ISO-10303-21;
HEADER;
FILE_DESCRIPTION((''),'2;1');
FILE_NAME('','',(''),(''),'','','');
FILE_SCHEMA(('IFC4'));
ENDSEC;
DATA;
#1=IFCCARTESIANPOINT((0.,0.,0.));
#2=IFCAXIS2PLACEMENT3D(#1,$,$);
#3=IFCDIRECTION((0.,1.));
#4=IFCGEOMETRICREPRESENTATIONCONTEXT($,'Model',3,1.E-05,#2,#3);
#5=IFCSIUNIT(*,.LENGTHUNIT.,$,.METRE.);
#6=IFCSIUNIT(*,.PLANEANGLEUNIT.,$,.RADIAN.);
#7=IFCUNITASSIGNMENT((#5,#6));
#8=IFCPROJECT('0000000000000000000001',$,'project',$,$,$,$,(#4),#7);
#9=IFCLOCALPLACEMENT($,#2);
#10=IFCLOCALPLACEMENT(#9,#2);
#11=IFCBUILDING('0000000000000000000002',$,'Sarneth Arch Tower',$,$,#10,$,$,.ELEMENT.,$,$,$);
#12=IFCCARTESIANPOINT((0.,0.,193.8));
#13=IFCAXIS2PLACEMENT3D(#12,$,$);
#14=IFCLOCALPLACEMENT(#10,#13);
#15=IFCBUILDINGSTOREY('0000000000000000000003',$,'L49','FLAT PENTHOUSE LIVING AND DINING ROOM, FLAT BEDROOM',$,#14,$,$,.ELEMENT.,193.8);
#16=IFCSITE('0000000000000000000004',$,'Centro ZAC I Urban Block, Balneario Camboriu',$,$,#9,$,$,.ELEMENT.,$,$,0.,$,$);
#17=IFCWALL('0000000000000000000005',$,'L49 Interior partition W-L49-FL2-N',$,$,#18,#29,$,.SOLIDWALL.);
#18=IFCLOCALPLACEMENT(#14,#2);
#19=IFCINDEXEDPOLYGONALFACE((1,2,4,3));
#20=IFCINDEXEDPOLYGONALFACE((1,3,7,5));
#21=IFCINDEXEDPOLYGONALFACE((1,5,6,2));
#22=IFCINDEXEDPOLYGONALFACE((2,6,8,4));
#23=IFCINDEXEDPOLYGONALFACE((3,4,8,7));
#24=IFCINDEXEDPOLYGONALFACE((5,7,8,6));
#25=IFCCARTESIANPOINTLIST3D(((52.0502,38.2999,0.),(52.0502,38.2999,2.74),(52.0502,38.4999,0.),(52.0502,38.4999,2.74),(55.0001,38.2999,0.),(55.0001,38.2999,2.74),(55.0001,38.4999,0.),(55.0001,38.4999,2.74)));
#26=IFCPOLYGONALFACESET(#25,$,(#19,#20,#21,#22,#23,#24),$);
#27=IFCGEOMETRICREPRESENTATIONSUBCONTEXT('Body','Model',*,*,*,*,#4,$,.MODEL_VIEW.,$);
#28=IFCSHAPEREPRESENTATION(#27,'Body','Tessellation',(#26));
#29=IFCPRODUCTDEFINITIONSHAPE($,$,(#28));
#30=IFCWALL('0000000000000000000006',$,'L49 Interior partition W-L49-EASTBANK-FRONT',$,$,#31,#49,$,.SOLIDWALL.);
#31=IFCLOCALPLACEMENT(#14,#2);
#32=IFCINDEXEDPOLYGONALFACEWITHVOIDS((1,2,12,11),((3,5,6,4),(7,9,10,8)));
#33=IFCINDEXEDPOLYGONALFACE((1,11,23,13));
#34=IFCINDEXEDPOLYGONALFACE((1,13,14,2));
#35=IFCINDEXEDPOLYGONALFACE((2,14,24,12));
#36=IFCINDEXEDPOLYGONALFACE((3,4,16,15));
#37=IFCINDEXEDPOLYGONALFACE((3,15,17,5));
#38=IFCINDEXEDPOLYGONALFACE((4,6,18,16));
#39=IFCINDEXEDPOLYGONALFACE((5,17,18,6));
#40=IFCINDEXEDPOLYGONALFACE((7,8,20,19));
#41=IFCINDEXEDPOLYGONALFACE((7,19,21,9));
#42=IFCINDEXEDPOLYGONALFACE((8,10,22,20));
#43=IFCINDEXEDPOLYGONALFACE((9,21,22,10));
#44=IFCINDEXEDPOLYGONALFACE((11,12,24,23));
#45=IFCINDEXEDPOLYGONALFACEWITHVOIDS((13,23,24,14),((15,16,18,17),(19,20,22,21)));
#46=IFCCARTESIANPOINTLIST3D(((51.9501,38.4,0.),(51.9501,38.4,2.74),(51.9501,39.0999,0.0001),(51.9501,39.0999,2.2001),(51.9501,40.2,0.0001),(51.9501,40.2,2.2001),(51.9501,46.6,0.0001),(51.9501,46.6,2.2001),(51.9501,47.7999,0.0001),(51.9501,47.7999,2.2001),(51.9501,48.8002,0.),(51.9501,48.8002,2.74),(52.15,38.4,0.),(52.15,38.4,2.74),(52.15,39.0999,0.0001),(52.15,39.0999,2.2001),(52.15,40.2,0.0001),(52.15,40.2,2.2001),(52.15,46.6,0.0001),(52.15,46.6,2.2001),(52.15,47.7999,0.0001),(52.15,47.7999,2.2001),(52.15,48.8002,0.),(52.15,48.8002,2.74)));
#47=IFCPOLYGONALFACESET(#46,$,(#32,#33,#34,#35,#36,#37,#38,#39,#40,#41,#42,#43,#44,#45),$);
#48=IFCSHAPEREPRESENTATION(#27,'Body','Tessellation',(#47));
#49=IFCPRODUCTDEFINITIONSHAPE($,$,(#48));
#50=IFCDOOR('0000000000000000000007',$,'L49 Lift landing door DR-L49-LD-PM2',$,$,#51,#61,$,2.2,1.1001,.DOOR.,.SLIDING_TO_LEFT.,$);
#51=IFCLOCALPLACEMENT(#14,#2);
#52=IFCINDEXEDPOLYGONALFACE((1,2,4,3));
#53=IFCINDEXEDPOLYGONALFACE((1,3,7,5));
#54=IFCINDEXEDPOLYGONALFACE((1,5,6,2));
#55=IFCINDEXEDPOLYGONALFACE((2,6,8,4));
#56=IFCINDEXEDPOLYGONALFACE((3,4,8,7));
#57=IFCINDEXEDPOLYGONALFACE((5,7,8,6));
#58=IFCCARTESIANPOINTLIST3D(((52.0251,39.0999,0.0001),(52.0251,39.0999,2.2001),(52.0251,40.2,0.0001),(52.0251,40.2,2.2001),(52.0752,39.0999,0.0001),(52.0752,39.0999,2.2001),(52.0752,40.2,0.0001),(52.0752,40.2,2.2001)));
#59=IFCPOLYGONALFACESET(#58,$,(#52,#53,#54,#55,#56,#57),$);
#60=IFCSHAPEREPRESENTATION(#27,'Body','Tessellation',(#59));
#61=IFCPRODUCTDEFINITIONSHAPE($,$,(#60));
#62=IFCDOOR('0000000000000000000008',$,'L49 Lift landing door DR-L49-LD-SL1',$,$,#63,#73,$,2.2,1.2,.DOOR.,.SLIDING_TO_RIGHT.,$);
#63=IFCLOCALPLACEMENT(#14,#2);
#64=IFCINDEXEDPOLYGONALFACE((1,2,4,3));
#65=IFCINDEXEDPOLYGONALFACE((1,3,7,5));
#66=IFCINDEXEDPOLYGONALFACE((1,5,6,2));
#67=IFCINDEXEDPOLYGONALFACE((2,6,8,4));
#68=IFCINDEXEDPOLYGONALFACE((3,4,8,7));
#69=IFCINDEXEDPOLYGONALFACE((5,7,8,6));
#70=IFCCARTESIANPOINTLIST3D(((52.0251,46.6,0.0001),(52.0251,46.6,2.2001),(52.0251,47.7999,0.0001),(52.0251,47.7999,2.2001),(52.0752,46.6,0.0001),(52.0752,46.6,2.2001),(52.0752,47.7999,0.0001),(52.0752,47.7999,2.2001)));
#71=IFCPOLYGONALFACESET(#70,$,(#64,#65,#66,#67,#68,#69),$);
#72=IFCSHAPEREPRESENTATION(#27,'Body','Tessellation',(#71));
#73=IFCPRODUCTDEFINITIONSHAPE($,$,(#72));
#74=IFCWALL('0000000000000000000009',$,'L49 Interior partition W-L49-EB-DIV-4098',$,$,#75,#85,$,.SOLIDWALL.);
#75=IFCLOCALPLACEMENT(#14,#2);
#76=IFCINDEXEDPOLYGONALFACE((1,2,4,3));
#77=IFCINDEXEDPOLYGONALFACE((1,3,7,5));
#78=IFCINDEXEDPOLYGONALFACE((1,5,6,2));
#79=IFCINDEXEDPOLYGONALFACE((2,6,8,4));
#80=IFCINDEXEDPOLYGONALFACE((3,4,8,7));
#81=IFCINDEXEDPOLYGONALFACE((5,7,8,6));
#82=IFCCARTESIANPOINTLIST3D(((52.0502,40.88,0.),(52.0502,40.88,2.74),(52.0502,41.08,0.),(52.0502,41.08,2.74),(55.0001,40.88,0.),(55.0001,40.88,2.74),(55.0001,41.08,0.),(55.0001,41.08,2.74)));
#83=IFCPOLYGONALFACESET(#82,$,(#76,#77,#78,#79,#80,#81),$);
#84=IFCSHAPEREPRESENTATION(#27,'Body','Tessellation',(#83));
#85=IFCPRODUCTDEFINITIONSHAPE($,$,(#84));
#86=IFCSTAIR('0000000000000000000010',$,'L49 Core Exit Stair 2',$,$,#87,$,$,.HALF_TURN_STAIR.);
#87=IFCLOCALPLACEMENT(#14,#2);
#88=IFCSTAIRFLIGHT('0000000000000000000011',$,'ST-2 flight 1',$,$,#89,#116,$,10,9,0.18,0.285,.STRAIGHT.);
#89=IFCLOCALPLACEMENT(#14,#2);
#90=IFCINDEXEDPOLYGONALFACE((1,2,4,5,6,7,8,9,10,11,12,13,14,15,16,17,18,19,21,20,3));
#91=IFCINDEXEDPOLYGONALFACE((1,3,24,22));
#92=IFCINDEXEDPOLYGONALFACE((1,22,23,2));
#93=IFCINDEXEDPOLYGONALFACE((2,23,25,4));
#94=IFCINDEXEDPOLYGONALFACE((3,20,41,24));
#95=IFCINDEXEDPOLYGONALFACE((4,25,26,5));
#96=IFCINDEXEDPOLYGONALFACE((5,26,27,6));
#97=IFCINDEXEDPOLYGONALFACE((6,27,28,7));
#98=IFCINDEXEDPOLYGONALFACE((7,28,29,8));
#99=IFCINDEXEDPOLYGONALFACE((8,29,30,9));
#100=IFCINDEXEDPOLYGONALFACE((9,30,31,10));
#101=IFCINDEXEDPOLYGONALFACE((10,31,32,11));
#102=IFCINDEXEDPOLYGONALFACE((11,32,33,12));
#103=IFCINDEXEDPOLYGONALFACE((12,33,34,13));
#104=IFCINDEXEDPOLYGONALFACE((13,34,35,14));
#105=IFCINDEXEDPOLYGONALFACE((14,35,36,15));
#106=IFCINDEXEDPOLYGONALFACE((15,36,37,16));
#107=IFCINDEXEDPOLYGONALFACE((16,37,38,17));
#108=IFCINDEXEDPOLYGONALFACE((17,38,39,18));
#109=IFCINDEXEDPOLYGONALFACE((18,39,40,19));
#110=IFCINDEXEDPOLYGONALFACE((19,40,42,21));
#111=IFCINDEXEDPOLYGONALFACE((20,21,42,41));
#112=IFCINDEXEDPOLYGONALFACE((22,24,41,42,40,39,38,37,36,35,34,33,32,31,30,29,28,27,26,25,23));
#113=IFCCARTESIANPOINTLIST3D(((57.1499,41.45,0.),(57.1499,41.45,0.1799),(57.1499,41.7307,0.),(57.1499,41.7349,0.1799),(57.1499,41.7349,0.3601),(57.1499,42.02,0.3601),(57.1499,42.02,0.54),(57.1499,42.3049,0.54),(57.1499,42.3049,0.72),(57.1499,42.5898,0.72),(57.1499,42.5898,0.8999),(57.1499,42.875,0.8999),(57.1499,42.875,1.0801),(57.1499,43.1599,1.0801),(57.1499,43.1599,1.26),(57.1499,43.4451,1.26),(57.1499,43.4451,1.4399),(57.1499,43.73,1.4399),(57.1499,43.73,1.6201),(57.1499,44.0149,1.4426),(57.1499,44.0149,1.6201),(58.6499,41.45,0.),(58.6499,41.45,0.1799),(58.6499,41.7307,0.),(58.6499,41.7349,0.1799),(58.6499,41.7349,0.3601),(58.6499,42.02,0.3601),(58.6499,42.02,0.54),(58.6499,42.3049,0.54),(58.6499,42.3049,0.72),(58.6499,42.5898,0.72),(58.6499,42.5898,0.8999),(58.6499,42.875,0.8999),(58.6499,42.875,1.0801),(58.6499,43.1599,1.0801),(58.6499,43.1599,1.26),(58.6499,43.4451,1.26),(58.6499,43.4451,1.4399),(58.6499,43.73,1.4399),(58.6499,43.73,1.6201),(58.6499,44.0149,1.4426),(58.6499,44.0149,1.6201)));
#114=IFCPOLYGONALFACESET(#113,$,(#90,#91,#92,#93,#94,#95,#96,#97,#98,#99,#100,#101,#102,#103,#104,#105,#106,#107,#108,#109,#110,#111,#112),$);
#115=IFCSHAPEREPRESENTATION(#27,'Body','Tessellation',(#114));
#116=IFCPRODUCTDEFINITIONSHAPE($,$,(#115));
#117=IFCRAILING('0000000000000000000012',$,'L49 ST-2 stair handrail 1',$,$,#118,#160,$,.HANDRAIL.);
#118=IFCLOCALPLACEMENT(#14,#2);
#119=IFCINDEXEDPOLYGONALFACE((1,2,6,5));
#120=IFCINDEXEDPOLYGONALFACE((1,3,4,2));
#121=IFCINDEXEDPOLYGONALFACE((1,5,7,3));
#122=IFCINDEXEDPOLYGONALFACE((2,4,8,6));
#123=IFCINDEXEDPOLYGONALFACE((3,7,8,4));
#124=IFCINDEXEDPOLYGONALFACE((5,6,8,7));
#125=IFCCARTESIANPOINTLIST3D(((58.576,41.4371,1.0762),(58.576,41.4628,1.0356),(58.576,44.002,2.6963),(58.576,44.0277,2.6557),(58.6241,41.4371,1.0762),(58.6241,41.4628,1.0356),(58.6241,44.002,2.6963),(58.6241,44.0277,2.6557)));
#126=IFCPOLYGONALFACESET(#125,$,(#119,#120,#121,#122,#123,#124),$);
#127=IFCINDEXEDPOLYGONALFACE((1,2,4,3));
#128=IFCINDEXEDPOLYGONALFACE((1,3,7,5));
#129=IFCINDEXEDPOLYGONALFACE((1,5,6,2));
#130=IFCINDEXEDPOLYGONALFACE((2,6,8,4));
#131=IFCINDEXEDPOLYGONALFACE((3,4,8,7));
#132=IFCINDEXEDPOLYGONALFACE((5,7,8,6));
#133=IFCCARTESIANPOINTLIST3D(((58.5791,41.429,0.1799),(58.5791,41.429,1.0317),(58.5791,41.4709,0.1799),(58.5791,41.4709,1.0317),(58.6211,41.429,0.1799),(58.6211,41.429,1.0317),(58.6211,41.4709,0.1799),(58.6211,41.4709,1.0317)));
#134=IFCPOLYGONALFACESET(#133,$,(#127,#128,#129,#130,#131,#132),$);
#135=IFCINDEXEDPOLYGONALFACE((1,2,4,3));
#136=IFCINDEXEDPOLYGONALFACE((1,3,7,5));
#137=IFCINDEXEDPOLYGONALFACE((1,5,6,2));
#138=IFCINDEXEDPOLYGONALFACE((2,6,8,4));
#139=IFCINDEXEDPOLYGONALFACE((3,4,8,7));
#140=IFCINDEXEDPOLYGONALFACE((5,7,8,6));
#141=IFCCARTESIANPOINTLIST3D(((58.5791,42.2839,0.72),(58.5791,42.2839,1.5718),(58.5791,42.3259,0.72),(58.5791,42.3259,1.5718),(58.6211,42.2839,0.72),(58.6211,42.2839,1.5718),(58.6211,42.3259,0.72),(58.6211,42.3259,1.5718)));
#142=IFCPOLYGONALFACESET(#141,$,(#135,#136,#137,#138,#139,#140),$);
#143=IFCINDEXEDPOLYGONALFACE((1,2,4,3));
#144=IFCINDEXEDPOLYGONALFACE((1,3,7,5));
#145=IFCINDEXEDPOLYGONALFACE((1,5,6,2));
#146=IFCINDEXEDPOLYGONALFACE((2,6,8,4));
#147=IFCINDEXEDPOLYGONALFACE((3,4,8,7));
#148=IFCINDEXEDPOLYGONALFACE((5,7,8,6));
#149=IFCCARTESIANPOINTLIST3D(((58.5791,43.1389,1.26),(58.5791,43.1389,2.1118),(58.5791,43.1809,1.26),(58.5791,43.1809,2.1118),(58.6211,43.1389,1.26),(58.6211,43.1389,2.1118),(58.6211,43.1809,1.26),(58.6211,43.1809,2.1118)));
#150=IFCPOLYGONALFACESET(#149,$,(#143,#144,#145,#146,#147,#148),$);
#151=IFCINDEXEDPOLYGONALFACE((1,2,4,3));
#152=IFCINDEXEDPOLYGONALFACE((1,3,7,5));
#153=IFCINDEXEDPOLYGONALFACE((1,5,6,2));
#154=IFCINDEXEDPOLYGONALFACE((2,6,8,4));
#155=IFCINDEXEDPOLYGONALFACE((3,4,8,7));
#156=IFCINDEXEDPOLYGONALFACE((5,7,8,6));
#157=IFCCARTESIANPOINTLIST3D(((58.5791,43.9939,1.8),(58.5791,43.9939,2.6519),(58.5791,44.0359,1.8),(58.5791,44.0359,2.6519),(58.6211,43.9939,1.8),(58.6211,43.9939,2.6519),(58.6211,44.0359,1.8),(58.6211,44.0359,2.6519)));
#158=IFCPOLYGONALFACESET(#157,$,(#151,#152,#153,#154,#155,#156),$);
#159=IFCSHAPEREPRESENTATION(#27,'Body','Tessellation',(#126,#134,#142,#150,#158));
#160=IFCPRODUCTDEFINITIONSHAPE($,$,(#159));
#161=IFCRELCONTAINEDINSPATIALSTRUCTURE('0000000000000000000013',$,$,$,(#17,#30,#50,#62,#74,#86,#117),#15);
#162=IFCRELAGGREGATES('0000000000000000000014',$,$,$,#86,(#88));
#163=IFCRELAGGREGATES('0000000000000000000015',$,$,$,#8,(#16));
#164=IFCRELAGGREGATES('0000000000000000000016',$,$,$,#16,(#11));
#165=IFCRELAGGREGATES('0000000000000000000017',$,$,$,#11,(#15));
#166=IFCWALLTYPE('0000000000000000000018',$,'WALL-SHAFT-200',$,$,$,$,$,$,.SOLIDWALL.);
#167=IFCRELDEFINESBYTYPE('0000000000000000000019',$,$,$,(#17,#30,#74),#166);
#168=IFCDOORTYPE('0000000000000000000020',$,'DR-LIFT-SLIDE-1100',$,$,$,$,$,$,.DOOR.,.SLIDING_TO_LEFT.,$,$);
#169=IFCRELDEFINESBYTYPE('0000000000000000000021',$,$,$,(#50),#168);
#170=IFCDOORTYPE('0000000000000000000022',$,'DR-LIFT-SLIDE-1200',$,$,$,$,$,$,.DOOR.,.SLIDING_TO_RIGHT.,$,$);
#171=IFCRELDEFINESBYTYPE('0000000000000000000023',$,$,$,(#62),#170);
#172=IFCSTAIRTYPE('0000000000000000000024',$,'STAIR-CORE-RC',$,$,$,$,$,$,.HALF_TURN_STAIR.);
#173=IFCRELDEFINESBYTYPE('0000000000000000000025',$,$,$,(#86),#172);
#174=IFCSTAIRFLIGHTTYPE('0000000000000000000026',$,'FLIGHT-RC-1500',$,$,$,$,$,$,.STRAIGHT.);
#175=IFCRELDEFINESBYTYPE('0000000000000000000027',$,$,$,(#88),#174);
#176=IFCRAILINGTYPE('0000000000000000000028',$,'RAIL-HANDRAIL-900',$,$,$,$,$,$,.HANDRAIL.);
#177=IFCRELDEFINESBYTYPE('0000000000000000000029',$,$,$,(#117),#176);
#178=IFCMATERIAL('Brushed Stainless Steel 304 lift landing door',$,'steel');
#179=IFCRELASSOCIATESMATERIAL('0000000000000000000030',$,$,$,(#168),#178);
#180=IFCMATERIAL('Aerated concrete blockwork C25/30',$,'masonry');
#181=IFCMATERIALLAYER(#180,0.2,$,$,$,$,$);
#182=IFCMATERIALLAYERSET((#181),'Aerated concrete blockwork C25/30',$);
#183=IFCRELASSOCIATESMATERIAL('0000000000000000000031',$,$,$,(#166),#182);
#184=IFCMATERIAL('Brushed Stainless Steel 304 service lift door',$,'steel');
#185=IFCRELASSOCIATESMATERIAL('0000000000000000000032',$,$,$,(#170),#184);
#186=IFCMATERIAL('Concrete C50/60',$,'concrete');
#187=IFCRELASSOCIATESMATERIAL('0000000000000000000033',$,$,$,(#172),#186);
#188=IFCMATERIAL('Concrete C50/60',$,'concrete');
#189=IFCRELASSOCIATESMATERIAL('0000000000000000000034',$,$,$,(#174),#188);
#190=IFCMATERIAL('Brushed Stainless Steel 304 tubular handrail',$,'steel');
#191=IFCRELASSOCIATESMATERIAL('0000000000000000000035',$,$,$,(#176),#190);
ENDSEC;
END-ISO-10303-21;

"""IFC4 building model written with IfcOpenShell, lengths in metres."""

from ifc_helpers import new_model, si_unit, direction, frame, frame_2d, origin, origin_2d, place, context, subcontext, project, spatial, polyline, rectangle, outline, extrude, material, layer, layer_set, type_object, element, fill, aggregate, save


model = new_model("IFC4")

# Units and contexts
model_context = context("Model", 3, precision=1e-05, world=origin(), true_north=direction((0.0, 1.0)))
body_context = subcontext(model_context, "Body", "Model", "MODEL_VIEW")
ifc_project = project(units=[si_unit("LENGTHUNIT", "METRE"), si_unit("PLANEANGLEUNIT", "RADIAN")], contexts=[model_context])

# Site, building, storey
site_placement = place(None, origin())
site = spatial("IfcSite", under=ifc_project, at=site_placement, Name="Centro ZAC I Urban Block, Balneario Camboriu", CompositionType="ELEMENT", RefElevation=0.0)
building_placement = place(site_placement, origin())
building = spatial("IfcBuilding", under=site, at=building_placement, Name="Sarneth Arch Tower", CompositionType="ELEMENT")
storey_placement = place(building_placement, frame((0.0, 0.0, 193.8)))
storey = spatial("IfcBuildingStorey", under=building, at=storey_placement, Name="L49", Description="FLAT PENTHOUSE LIVING AND DINING ROOM, FLAT BEDROOM", CompositionType="ELEMENT", Elevation=193.8)

# Shared definitions
ifc_material_1 = material(Name="Brushed Stainless Steel 304 lift landing door", Category="steel")
door_type_1 = type_object("IfcDoorType", Name="DR-LIFT-SLIDE-1100", OperationType="SLIDING_TO_LEFT", PredefinedType="DOOR", material=ifc_material_1)

# Shared definitions
ifc_material_2 = material(Name="Aerated concrete blockwork C25/30", Category="masonry")
ifc_layer_1 = layer(ifc_material_2, 0.2)
ifc_layer_set_1 = layer_set([ifc_layer_1], Name="Aerated concrete blockwork C25/30")
wall_type_1 = type_object("IfcWallType", Name="WALL-SHAFT-200", PredefinedType="SOLIDWALL", material=ifc_layer_set_1)

# Wall
wall_1_placement = place(storey_placement, frame((52.05, 38.3999, 0.0), z_axis=(0.0, 0.0, 1.0), x_axis=(1.0, 0.0, 0.0)))
element("IfcWall", 1, at=wall_1_placement, inside=storey, type_object=wall_type_1, Name="L49 Interior partition W-L49-FL2-N", PredefinedType="SOLIDWALL", context=body_context, shape_type="SweptSolid", body=[
    extrude(rectangle(XDim=2.95, YDim=0.2, at=frame_2d((1.4751, 0.0))), origin(), (0.0, 0.0, 1.0), 2.74),
])

# Wall, openings, doors
wall_2_placement = place(storey_placement, frame((52.05, 38.3999, 0.0), z_axis=(0.0, 0.0, 1.0), x_axis=(0.0, 1.0, 0.0)))
wall_2 = element("IfcWall", 2, at=wall_2_placement, inside=storey, type_object=wall_type_1, Name="L49 Interior partition W-L49-EASTBANK-FRONT", PredefinedType="SOLIDWALL", context=body_context, shape_type="SweptSolid", body=[
    extrude(rectangle(XDim=10.4001, YDim=0.2, at=frame_2d((5.2002, 0.0))), origin(), (0.0, 0.0, 1.0), 2.74),
])
opening_1_placement = place(wall_2_placement, frame((0.7, 0.0, 0.0)))
opening_1 = element("IfcOpeningElement", 3, at=opening_1_placement, cuts=wall_2, PredefinedType="OPENING", context=body_context, shape_type="SweptSolid", body=[
    extrude(rectangle(XDim=1.1001, YDim=2.2, at=frame_2d((0.55, 1.1001))), frame((0.0, 0.1099, 0.0), z_axis=(0.0, -1.0, 0.0), x_axis=(1.0, 0.0, 0.0)), (0.0, 0.0, 1.0), 0.22),
])
opening_2_placement = place(wall_2_placement, frame((8.2, 0.0, 0.0)))
opening_2 = element("IfcOpeningElement", 4, at=opening_2_placement, cuts=wall_2, PredefinedType="OPENING", context=body_context, shape_type="SweptSolid", body=[
    extrude(rectangle(XDim=1.2, YDim=2.2, at=frame_2d((0.6001, 1.1001))), frame((0.0, 0.1099, 0.0), z_axis=(0.0, -1.0, 0.0), x_axis=(1.0, 0.0, 0.0)), (0.0, 0.0, 1.0), 0.22),
])
door_1_placement = place(opening_1_placement, origin())
door_1 = element("IfcDoor", 5, at=door_1_placement, inside=storey, type_object=door_type_1, Name="L49 Lift landing door DR-L49-LD-PM2", OperationType="SLIDING_TO_LEFT", OverallHeight=2.2, OverallWidth=1.1001, PredefinedType="DOOR", context=body_context, shape_type="SweptSolid", body=[
    extrude(rectangle(XDim=1.1001, YDim=2.2, at=frame_2d((0.55, 1.1001))), frame((0.0, 0.0249, 0.0), z_axis=(0.0, -1.0, 0.0), x_axis=(1.0, 0.0, 0.0)), (0.0, 0.0, 1.0), 0.05),
])
fill(opening_1, door_1)
ifc_material_3 = material(Name="Brushed Stainless Steel 304 service lift door", Category="steel")
door_type_2 = type_object("IfcDoorType", Name="DR-LIFT-SLIDE-1200", OperationType="SLIDING_TO_RIGHT", PredefinedType="DOOR", material=ifc_material_3)
door_2_placement = place(opening_2_placement, origin())
door_2 = element("IfcDoor", 6, at=door_2_placement, inside=storey, type_object=door_type_2, Name="L49 Lift landing door DR-L49-LD-SL1", OperationType="SLIDING_TO_RIGHT", OverallHeight=2.2, OverallWidth=1.2, PredefinedType="DOOR", context=body_context, shape_type="SweptSolid", body=[
    extrude(rectangle(XDim=1.2, YDim=2.2, at=frame_2d((0.6001, 1.1001))), frame((0.0, 0.0249, 0.0), z_axis=(0.0, -1.0, 0.0), x_axis=(1.0, 0.0, 0.0)), (0.0, 0.0, 1.0), 0.05),
])
fill(opening_2, door_2)

# Wall
wall_3_placement = place(storey_placement, frame((52.05, 40.98, 0.0), z_axis=(0.0, 0.0, 1.0), x_axis=(1.0, 0.0, 0.0)))
element("IfcWall", 7, at=wall_3_placement, inside=storey, type_object=wall_type_1, Name="L49 Interior partition W-L49-EB-DIV-4098", PredefinedType="SOLIDWALL", context=body_context, shape_type="SweptSolid", body=[
    extrude(rectangle(XDim=2.95, YDim=0.2, at=frame_2d((1.4751, 0.0))), origin(), (0.0, 0.0, 1.0), 2.74),
])

# Stair, stair flight
ifc_material_4 = material(Name="Concrete C50/60", Category="concrete")
stair_type = type_object("IfcStairType", Name="STAIR-CORE-RC", PredefinedType="HALF_TURN_STAIR", material=ifc_material_4)
stair_placement = place(storey_placement, origin())
stair = element("IfcStair", 8, at=stair_placement, inside=storey, type_object=stair_type, Name="L49 Core Exit Stair 2", PredefinedType="HALF_TURN_STAIR")
ifc_material_5 = material(Name="Concrete C50/60", Category="concrete")
stair_flight_type = type_object("IfcStairFlightType", Name="FLIGHT-RC-1500", PredefinedType="STRAIGHT", material=ifc_material_5)
stair_flight_placement = place(storey_placement, frame((57.8999, 41.45, 0.0), z_axis=(0.0, 0.0, 1.0), x_axis=(0.0, 1.0, 0.0)))
stair_flight = element("IfcStairFlight", 9, at=stair_flight_placement, type_object=stair_flight_type, Name="ST-2 flight 1", NumberOfRisers=10, NumberOfTreads=9, PredefinedType="STRAIGHT", RiserHeight=0.18, TreadLength=0.285, context=body_context, shape_type="SweptSolid", body=[
    extrude(outline(polyline([(0.0, 0.0), (0.0, 0.1799), (0.2849, 0.1799), (0.2849, 0.3601), (0.5701, 0.3601), (0.5701, 0.54), (0.855, 0.54), (0.855, 0.72), (1.1399, 0.72), (1.1399, 0.8999), (1.425, 0.8999), (1.425, 1.0801), (1.71, 1.0801), (1.71, 1.26), (1.9951, 1.26), (1.9951, 1.4399), (2.28, 1.4399), (2.28, 1.6201), (2.5649, 1.6201), (2.5649, 1.8), (2.5649, 1.4426), (0.2808, 0.0), (0.0, 0.0)])), frame((0.0, 0.75, 0.0), z_axis=(0.0, -1.0, 0.0), x_axis=(1.0, 0.0, 0.0)), (0.0, 0.0, 1.0), 1.5),
])
aggregate(stair, [stair_flight])

# Railing
ifc_material_6 = material(Name="Brushed Stainless Steel 304 tubular handrail", Category="steel")
railing_type_1 = type_object("IfcRailingType", Name="RAIL-HANDRAIL-900", PredefinedType="HANDRAIL", material=ifc_material_6)
railing_1_placement = place(storey_placement, frame((58.6001, 41.45, 0.1799)))
element("IfcRailing", 10, at=railing_1_placement, inside=storey, type_object=railing_type_1, Name="L49 ST-2 stair handrail 1", PredefinedType="HANDRAIL", context=body_context, shape_type="SweptSolid", body=[
    extrude(rectangle(XDim=0.0481, YDim=0.0481, at=origin_2d()), frame((0.0, 0.0, 0.876), z_axis=(0.0, 0.845466, 0.534029), x_axis=(-1.0, 0.0, 0.0)), (0.0, 0.0, 1.0), 3.0337),
    extrude(rectangle(XDim=0.042, YDim=0.042, at=origin_2d()), origin(), (0.0, 0.0, 1.0), 0.8518),
    extrude(rectangle(XDim=0.042, YDim=0.042, at=origin_2d()), frame((0.0, 0.855, 0.54)), (0.0, 0.0, 1.0), 0.8518),
    extrude(rectangle(XDim=0.042, YDim=0.042, at=origin_2d()), frame((0.0, 1.71, 1.0801)), (0.0, 0.0, 1.0), 0.8518),
    extrude(rectangle(XDim=0.042, YDim=0.042, at=origin_2d()), frame((0.0, 2.5649, 1.6201)), (0.0, 0.0, 1.0), 0.8518),
])

save(model, "model.ifc")
